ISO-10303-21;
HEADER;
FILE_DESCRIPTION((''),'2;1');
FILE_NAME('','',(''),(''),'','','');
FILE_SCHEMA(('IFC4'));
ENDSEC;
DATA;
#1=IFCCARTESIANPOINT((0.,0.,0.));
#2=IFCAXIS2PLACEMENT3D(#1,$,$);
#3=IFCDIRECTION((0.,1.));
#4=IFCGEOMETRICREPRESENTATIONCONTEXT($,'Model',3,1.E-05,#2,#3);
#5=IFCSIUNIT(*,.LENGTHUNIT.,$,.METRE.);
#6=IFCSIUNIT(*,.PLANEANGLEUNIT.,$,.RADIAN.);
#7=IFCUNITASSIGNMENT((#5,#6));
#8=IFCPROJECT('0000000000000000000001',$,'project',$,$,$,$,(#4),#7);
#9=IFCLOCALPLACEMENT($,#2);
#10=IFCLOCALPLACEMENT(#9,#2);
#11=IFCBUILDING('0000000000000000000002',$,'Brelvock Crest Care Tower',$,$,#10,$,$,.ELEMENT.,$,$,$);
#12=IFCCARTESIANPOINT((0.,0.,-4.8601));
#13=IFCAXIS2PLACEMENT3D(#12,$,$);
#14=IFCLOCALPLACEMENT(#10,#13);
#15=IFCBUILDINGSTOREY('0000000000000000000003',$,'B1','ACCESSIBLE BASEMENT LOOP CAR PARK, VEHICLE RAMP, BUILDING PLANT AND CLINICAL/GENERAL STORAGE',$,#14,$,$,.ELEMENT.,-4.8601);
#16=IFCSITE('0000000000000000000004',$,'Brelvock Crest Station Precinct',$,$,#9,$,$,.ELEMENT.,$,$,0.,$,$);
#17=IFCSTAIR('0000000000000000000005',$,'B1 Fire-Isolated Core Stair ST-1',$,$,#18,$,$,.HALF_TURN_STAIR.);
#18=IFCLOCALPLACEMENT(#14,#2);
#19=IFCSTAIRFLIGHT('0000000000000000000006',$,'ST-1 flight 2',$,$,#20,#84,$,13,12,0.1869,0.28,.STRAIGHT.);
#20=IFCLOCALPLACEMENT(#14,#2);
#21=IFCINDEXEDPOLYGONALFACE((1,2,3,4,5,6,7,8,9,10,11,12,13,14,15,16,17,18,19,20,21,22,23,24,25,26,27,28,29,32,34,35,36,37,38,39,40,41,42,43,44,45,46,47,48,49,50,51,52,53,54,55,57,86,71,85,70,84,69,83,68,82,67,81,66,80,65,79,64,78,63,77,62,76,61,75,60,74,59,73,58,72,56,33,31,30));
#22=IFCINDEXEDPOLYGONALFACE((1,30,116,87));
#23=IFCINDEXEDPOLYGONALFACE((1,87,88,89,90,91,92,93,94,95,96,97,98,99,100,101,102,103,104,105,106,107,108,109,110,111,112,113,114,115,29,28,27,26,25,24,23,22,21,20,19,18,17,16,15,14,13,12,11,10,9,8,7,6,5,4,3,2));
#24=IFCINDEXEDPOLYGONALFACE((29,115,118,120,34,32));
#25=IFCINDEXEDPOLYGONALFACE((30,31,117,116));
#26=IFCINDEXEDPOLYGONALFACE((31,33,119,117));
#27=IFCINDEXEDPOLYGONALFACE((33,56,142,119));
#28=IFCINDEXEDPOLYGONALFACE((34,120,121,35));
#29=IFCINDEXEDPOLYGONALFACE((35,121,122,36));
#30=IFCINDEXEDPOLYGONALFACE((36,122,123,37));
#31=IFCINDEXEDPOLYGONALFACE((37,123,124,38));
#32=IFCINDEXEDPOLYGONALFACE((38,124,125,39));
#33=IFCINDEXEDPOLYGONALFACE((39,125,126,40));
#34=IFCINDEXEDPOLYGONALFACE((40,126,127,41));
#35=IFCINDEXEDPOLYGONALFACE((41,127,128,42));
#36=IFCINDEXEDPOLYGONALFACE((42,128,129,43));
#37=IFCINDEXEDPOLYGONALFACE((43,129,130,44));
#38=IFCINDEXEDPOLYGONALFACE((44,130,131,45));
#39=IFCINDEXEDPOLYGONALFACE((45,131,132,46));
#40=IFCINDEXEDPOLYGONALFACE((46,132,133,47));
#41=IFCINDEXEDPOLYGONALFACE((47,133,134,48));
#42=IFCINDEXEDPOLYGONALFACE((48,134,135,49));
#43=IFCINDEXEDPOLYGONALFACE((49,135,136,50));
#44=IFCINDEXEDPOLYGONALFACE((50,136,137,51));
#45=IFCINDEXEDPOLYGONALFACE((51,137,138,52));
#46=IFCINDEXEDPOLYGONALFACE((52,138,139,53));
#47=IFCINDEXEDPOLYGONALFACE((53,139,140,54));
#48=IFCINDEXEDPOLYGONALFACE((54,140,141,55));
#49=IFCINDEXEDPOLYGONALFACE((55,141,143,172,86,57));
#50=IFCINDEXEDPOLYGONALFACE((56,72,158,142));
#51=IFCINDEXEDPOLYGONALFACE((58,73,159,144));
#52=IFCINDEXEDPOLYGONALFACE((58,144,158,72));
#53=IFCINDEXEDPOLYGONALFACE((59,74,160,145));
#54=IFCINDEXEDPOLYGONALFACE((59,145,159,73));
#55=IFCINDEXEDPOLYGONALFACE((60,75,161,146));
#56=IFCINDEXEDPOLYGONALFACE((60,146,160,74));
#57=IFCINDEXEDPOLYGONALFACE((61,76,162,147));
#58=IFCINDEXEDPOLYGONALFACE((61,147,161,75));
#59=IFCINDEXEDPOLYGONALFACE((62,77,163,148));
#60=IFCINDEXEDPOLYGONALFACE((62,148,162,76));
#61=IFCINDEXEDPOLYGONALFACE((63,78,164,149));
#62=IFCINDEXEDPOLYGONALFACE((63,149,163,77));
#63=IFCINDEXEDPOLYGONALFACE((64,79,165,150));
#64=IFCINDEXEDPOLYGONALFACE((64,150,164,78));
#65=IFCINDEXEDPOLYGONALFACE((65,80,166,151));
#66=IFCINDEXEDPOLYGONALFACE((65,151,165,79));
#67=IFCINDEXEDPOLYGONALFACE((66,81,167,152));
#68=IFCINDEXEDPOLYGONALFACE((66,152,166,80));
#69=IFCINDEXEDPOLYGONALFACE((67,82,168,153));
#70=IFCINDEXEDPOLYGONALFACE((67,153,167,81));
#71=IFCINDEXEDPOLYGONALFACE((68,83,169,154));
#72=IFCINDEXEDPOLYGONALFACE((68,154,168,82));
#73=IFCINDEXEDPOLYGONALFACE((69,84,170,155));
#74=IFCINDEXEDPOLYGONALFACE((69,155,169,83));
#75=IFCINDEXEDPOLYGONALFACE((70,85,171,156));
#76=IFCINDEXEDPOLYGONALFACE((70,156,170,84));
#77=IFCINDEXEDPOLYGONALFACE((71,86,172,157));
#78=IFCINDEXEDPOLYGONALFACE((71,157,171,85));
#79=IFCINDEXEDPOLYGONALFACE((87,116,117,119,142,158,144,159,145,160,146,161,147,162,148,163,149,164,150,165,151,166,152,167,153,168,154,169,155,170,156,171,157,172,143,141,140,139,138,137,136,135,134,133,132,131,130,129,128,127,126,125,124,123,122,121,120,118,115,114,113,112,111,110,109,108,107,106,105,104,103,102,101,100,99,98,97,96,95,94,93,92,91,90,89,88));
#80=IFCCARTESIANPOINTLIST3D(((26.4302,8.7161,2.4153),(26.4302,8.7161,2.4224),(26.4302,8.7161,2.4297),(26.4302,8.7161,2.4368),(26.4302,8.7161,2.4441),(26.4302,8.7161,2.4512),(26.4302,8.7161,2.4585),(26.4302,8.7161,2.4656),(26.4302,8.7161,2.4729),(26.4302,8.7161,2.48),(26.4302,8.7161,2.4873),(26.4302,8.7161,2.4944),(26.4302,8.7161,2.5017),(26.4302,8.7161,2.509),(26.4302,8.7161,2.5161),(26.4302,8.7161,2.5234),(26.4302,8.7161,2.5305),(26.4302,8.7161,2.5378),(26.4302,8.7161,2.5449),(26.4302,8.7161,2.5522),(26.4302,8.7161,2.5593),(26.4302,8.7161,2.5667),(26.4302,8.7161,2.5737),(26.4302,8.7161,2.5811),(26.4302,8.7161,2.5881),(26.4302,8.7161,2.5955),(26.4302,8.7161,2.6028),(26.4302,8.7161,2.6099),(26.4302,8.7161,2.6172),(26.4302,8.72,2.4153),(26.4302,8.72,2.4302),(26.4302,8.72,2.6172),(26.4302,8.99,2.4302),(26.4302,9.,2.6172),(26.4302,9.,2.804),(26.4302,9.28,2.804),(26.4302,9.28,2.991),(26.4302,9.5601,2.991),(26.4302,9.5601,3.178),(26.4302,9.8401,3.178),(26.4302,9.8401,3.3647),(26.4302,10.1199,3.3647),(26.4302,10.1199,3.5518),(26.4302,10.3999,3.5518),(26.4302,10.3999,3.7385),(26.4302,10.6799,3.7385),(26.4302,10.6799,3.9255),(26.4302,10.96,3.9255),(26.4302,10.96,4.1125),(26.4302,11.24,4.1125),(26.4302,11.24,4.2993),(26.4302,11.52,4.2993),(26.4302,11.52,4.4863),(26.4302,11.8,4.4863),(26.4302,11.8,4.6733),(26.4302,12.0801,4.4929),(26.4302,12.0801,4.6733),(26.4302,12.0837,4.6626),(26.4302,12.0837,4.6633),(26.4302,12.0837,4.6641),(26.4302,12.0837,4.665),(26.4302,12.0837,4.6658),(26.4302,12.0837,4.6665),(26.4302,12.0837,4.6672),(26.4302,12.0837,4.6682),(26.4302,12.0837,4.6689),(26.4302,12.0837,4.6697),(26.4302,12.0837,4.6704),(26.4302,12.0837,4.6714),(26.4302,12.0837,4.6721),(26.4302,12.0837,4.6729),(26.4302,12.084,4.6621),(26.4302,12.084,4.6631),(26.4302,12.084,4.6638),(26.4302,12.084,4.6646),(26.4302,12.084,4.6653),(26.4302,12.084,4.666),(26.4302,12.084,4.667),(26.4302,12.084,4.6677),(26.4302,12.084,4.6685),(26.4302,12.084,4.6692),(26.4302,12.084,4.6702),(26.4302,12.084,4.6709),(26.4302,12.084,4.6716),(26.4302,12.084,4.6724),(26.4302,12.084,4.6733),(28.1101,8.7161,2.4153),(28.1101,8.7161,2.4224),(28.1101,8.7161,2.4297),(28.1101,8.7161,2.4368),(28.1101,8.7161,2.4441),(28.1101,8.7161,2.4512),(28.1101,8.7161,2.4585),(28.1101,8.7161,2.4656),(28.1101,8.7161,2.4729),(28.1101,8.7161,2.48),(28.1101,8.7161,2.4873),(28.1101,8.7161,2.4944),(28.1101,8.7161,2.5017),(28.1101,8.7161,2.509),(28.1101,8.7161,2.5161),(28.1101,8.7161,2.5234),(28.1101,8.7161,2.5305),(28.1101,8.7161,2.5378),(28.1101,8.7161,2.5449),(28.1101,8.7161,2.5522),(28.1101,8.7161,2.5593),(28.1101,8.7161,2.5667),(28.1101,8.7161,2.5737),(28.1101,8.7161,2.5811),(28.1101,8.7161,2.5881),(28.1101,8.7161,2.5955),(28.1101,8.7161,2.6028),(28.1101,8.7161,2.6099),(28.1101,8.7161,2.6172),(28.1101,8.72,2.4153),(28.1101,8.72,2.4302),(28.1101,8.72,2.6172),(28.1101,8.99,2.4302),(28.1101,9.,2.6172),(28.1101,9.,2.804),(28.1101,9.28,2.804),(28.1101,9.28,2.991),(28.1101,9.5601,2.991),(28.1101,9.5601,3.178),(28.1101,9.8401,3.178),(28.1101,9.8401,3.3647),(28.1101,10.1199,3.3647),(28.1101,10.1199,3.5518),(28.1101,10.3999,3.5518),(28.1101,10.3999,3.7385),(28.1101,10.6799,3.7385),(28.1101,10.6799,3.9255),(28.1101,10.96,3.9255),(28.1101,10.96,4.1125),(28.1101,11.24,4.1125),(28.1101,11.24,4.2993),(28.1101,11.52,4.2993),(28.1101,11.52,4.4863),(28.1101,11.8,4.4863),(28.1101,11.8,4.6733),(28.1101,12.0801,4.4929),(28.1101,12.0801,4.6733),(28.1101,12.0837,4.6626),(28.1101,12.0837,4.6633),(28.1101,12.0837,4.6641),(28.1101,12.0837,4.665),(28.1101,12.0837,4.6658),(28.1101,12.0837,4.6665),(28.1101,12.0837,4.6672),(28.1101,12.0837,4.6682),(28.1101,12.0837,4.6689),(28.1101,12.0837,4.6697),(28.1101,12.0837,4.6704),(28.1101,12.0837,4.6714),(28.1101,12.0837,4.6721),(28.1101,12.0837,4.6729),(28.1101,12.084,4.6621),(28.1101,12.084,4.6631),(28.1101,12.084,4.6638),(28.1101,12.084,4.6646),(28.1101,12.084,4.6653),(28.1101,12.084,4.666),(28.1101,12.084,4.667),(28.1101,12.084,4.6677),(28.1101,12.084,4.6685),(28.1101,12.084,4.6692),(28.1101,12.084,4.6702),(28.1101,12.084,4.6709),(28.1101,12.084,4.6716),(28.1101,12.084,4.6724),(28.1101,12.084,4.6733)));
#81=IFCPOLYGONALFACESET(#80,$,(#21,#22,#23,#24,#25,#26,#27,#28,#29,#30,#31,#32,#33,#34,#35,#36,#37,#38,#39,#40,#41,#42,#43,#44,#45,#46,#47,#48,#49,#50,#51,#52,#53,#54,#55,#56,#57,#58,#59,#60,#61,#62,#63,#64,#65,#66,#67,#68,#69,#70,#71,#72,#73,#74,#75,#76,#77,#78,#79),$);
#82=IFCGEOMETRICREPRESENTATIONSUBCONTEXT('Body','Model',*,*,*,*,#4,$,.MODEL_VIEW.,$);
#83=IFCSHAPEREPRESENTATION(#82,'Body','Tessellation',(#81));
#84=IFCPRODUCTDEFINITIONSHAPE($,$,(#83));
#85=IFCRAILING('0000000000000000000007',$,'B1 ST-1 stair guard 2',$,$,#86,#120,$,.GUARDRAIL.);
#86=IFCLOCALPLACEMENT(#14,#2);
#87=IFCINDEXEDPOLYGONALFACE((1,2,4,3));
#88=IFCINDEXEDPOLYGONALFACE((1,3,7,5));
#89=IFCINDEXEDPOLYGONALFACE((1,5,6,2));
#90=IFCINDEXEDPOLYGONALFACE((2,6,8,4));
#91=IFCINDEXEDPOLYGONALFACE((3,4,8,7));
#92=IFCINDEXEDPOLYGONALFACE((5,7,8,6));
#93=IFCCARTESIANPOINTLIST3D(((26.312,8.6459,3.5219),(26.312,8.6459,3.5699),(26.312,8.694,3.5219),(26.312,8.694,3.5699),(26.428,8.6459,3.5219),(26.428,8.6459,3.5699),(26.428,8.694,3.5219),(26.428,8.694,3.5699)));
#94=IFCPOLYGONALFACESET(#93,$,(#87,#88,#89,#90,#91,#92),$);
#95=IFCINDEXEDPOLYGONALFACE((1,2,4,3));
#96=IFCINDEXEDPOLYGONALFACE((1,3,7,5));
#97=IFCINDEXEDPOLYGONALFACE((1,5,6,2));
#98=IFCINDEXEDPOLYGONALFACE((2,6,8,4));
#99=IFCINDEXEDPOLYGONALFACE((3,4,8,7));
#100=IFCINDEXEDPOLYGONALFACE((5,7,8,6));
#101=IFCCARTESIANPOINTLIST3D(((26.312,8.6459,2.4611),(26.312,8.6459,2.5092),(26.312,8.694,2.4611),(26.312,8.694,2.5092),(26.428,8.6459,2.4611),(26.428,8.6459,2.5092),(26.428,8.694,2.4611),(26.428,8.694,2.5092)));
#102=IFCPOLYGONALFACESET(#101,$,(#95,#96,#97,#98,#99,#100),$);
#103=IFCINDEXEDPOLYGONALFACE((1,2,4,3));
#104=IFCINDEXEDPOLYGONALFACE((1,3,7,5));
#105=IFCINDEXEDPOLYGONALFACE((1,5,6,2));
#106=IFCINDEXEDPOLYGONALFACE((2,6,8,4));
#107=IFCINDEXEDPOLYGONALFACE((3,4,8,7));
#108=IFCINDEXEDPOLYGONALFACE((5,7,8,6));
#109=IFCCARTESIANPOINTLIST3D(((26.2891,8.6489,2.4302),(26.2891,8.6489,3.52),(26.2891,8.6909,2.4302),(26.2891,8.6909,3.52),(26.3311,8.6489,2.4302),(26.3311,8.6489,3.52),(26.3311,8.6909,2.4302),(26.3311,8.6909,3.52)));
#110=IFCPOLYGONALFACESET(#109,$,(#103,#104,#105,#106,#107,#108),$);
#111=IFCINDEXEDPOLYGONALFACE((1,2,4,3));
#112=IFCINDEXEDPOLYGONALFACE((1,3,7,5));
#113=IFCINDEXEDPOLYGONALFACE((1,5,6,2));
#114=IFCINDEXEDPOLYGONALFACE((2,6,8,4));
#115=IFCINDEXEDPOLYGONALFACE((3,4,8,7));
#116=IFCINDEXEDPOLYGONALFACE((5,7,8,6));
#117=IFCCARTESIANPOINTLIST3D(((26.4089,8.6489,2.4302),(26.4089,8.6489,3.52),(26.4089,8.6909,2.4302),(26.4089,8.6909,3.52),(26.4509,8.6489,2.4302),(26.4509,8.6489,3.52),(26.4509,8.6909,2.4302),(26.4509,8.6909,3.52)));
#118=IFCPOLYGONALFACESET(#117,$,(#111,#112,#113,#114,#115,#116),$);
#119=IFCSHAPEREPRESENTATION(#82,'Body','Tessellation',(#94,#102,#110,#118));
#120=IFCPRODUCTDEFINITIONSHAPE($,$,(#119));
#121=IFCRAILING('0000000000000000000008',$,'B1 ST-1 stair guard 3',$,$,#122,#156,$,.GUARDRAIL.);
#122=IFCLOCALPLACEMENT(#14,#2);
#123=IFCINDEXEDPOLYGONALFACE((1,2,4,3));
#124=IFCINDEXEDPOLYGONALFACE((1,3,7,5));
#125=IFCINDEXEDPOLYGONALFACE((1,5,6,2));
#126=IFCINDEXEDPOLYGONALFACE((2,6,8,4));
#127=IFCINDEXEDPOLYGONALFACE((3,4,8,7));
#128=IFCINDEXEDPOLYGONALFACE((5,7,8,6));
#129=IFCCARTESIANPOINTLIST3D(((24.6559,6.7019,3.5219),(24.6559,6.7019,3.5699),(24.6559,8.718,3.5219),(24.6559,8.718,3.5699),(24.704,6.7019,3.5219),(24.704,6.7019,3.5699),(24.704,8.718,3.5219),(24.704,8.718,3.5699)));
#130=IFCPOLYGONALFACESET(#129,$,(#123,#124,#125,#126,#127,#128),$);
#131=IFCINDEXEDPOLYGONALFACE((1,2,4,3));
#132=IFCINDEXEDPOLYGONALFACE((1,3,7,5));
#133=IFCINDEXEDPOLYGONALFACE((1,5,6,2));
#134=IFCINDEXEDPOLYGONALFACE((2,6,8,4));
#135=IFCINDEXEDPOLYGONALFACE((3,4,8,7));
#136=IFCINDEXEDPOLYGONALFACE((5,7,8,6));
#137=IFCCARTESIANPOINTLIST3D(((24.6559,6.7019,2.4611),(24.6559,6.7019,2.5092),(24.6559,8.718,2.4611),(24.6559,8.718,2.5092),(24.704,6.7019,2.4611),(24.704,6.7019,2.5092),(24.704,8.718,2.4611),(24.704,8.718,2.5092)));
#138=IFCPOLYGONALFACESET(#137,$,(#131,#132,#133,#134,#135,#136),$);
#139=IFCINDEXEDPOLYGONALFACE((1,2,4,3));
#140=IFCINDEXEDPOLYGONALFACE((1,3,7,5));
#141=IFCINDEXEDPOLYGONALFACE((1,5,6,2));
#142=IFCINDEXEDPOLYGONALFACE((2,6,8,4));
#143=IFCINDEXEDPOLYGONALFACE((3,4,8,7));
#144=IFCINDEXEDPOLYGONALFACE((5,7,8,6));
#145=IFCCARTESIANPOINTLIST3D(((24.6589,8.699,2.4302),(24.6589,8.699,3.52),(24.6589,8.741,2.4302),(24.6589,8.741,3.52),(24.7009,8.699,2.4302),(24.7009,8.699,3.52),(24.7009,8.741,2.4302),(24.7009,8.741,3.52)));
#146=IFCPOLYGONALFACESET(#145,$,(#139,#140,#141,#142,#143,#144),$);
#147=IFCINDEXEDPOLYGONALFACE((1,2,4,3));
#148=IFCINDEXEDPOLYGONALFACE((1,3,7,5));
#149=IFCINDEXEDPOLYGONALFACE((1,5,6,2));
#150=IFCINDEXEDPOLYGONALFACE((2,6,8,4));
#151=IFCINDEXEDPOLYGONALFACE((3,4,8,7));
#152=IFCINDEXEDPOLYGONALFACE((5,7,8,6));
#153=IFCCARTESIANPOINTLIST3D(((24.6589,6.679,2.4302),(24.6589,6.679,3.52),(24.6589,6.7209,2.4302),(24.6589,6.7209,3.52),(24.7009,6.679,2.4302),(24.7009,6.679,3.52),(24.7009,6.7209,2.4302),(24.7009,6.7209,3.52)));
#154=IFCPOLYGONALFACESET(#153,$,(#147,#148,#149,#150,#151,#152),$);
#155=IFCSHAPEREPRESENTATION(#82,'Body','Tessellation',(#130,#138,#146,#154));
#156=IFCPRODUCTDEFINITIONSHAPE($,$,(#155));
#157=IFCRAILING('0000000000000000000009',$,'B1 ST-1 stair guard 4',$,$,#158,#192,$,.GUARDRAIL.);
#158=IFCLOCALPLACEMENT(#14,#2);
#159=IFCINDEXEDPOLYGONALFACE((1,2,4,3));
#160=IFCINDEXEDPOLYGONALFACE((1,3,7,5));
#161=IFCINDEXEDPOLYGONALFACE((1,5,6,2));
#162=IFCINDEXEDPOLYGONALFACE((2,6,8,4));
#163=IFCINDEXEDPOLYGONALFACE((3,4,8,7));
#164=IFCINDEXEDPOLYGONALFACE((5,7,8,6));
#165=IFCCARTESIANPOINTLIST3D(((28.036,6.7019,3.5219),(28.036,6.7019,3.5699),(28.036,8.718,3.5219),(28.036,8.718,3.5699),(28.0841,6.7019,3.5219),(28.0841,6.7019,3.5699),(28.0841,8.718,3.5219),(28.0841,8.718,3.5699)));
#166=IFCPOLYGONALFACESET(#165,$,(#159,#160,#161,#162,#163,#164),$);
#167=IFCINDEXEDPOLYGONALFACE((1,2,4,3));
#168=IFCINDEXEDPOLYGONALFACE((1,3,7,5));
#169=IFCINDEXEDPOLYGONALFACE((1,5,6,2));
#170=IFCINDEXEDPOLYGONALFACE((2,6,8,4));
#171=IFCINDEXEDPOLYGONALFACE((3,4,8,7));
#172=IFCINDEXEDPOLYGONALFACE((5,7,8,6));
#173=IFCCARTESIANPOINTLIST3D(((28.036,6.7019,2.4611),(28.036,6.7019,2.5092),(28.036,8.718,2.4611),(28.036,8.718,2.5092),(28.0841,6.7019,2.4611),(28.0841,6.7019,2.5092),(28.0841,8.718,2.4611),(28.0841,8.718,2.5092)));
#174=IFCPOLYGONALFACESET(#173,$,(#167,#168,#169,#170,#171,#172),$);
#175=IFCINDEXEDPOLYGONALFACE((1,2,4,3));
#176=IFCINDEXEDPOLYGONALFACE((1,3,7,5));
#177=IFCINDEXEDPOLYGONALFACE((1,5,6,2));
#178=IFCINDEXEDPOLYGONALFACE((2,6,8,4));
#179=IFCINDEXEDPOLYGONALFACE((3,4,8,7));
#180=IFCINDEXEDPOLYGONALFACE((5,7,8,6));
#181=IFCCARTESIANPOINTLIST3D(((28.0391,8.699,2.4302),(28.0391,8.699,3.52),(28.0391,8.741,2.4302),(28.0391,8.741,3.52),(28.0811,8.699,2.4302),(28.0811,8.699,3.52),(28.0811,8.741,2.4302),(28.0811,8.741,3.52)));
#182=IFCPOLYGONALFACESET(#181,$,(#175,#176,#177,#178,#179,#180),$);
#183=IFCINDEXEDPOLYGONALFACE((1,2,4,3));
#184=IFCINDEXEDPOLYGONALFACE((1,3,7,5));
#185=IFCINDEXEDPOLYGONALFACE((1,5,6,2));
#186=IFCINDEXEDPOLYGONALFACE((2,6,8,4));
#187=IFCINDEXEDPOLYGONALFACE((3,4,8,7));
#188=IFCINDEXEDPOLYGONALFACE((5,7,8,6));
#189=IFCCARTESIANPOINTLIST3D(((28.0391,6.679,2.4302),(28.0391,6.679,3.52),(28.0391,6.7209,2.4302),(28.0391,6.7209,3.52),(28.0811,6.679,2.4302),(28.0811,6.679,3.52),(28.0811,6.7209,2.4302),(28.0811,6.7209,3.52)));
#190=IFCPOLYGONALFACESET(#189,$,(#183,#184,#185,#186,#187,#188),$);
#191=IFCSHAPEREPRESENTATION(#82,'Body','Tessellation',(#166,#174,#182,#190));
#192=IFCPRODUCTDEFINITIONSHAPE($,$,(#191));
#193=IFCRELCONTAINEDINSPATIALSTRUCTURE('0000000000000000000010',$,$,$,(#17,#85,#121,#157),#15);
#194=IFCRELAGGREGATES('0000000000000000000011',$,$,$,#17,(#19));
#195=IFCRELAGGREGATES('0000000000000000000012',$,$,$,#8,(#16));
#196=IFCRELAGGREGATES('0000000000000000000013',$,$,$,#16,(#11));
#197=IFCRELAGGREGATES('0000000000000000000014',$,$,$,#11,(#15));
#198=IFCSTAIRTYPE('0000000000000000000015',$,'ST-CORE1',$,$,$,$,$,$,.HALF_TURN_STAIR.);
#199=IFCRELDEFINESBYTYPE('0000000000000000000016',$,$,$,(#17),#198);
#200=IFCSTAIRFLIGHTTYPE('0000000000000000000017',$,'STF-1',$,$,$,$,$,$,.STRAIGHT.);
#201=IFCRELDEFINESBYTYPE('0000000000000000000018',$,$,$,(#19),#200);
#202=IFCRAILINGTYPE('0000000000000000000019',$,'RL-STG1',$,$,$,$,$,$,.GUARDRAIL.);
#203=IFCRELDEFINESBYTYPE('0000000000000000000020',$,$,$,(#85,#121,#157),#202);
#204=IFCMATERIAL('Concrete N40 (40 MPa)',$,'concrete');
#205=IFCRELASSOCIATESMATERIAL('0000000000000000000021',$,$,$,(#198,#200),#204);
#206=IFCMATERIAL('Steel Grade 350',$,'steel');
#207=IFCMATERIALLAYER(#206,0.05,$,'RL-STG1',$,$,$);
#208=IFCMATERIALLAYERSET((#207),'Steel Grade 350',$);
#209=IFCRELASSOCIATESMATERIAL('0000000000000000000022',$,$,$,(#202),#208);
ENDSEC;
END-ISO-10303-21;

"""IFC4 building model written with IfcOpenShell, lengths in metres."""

from ifc_helpers import new_model, si_unit, direction, frame, origin, origin_2d, place, context, subcontext, project, spatial, polyline, rectangle, outline, extrude, material, layer, layer_set, type_object, element, aggregate, save


model = new_model("IFC4")

# Units and contexts
model_context = context("Model", 3, precision=1e-05, world=origin(), true_north=direction((0.0, 1.0)))
body_context = subcontext(model_context, "Body", "Model", "MODEL_VIEW")
ifc_project = project(units=[si_unit("LENGTHUNIT", "METRE"), si_unit("PLANEANGLEUNIT", "RADIAN")], contexts=[model_context])

# Site, building, storey
site_placement = place(None, origin())
site = spatial("IfcSite", under=ifc_project, at=site_placement, Name="Brelvock Crest Station Precinct", CompositionType="ELEMENT", RefElevation=0.0)
building_placement = place(site_placement, origin())
building = spatial("IfcBuilding", under=site, at=building_placement, Name="Brelvock Crest Care Tower", CompositionType="ELEMENT")
storey_placement = place(building_placement, frame((0.0, 0.0, -4.8601)))
storey = spatial("IfcBuildingStorey", under=building, at=storey_placement, Name="B1", Description="ACCESSIBLE BASEMENT LOOP CAR PARK, VEHICLE RAMP, BUILDING PLANT AND CLINICAL/GENERAL STORAGE", CompositionType="ELEMENT", Elevation=-4.8601)

# Shared definitions
ifc_material_1 = material(Name="Steel Grade 350", Category="steel")

# Stair, stair flight
ifc_material_2 = material(Name="Concrete N40 (40 MPa)", Category="concrete")
stair_type = type_object("IfcStairType", Name="ST-CORE1", PredefinedType="HALF_TURN_STAIR", material=ifc_material_2)
stair_placement = place(storey_placement, origin())
stair = element("IfcStair", 1, at=stair_placement, inside=storey, type_object=stair_type, Name="B1 Fire-Isolated Core Stair ST-1", PredefinedType="HALF_TURN_STAIR")
stair_flight_type = type_object("IfcStairFlightType", Name="STF-1", PredefinedType="STRAIGHT", material=ifc_material_2)
stair_flight_placement = place(storey_placement, frame((27.27, 8.72, 2.4302), z_axis=(0.0, 0.0, 1.0), x_axis=(0.0, 1.0, 0.0)))
stair_flight = element("IfcStairFlight", 2, at=stair_flight_placement, type_object=stair_flight_type, Name="ST-1 flight 2", NumberOfRisers=13, NumberOfTreads=12, PredefinedType="STRAIGHT", RiserHeight=0.1869, TreadLength=0.28, context=body_context, shape_type="SweptSolid", body=[
    extrude(outline(polyline([(-0.0039, -0.0149), (-0.0039, -0.0078), (-0.0039, -0.0005), (-0.0039, 0.0066), (-0.0039, 0.0139), (-0.0039, 0.021), (-0.0039, 0.0283), (-0.0039, 0.0354), (-0.0039, 0.0427), (-0.0039, 0.0498), (-0.0039, 0.0571), (-0.0039, 0.0642), (-0.0039, 0.0715), (-0.0039, 0.0789), (-0.0039, 0.0859), (-0.0039, 0.0933), (-0.0039, 0.1003), (-0.0039, 0.1077), (-0.0039, 0.1147), (-0.0039, 0.1221), (-0.0039, 0.1292), (-0.0039, 0.1365), (-0.0039, 0.1436), (-0.0039, 0.1509), (-0.0039, 0.158), (-0.0039, 0.1653), (-0.0039, 0.1726), (-0.0039, 0.1797), (-0.0039, 0.187), (0.0, 0.187), (0.28, 0.187), (0.28, 0.3738), (0.5601, 0.3738), (0.5601, 0.5608), (0.8401, 0.5608), (0.8401, 0.7478), (1.1201, 0.7478), (1.1201, 0.9346), (1.3999, 0.9346), (1.3999, 1.1216), (1.6799, 1.1216), (1.6799, 1.3083), (1.96, 1.3083), (1.96, 1.4954), (2.24, 1.4954), (2.24, 1.6824), (2.52, 1.6824), (2.52, 1.8691), (2.8, 1.8691), (2.8, 2.0562), (3.0801, 2.0562), (3.0801, 2.2432), (3.3601, 2.2432), (3.364, 2.2432), (3.3638, 2.2427), (3.364, 2.2422), (3.3638, 2.2419), (3.364, 2.2415), (3.3638, 2.2412), (3.364, 2.2407), (3.3638, 2.2402), (3.364, 2.24), (3.3638, 2.2395), (3.364, 2.239), (3.3638, 2.2388), (3.364, 2.2383), (3.3638, 2.238), (3.364, 2.2375), (3.3638, 2.2371), (3.364, 2.2368), (3.3638, 2.2363), (3.364, 2.2358), (3.3638, 2.2356), (3.364, 2.2351), (3.3638, 2.2349), (3.364, 2.2344), (3.3638, 2.2339), (3.364, 2.2336), (3.3638, 2.2332), (3.364, 2.2329), (3.3638, 2.2324), (3.364, 2.2319), (3.3601, 2.0627), (0.27, 0.0), (0.0, 0.0), (0.0, -0.0149), (-0.0039, -0.0149)])), frame((0.0, 0.8398, 0.0), z_axis=(0.0, -1.0, 0.0), x_axis=(1.0, 0.0, 0.0)), (0.0, 0.0, 1.0), 1.6799),
])
aggregate(stair, [stair_flight])

# Railings
ifc_layer_1 = layer(ifc_material_1, 0.05, Name="RL-STG1")
ifc_layer_set_1 = layer_set([ifc_layer_1], Name="Steel Grade 350")
railing_type_1 = type_object("IfcRailingType", Name="RL-STG1", PredefinedType="GUARDRAIL", material=ifc_layer_set_1)
railing_1_placement = place(storey_placement, frame((26.3101, 8.6699, 2.4302)))
element("IfcRailing", 3, at=railing_1_placement, inside=storey, type_object=railing_type_1, Name="B1 ST-1 stair guard 2", PredefinedType="GUARDRAIL", context=body_context, shape_type="SweptSolid", body=[
    extrude(rectangle(XDim=0.0481, YDim=0.0481, at=origin_2d()), frame((0.002, 0.0, 1.1157), z_axis=(1.0, 0.0, 0.0), x_axis=(0.0, 1.0, 0.0)), (0.0, 0.0, 1.0), 0.116),
    extrude(rectangle(XDim=0.0481, YDim=0.0481, at=origin_2d()), frame((0.002, 0.0, 0.0549), z_axis=(1.0, 0.0, 0.0), x_axis=(0.0, 1.0, 0.0)), (0.0, 0.0, 1.0), 0.116),
    extrude(rectangle(XDim=0.042, YDim=0.042, at=origin_2d()), origin(), (0.0, 0.0, 1.0), 1.0898),
    extrude(rectangle(XDim=0.042, YDim=0.042, at=origin_2d()), frame((0.1199, 0.0, 0.0)), (0.0, 0.0, 1.0), 1.0898),
])
for number, where, name in (
    (4, (24.6799, 8.72, 2.4302), "B1 ST-1 stair guard 3"),
    (5, (28.0601, 8.72, 2.4302), "B1 ST-1 stair guard 4"),
):
    element("IfcRailing", number, at=place(storey_placement, frame(where)), inside=storey, type_object=railing_type_1, Name=name, PredefinedType="GUARDRAIL", context=body_context, shape_type="SweptSolid", body=[
        extrude(rectangle(XDim=0.0481, YDim=0.0481, at=origin_2d()), frame((0.0, -0.002, 1.1157), z_axis=(0.0, -1.0, 0.0), x_axis=(1.0, 0.0, 0.0)), (0.0, 0.0, 1.0), 2.0161),
        extrude(rectangle(XDim=0.0481, YDim=0.0481, at=origin_2d()), frame((0.0, -0.002, 0.0549), z_axis=(0.0, -1.0, 0.0), x_axis=(1.0, 0.0, 0.0)), (0.0, 0.0, 1.0), 2.0161),
        extrude(rectangle(XDim=0.042, YDim=0.042, at=origin_2d()), origin(), (0.0, 0.0, 1.0), 1.0898),
        extrude(rectangle(XDim=0.042, YDim=0.042, at=origin_2d()), frame((0.0, -2.02, 0.0)), (0.0, 0.0, 1.0), 1.0898),
    ])

save(model, "model.ifc")
